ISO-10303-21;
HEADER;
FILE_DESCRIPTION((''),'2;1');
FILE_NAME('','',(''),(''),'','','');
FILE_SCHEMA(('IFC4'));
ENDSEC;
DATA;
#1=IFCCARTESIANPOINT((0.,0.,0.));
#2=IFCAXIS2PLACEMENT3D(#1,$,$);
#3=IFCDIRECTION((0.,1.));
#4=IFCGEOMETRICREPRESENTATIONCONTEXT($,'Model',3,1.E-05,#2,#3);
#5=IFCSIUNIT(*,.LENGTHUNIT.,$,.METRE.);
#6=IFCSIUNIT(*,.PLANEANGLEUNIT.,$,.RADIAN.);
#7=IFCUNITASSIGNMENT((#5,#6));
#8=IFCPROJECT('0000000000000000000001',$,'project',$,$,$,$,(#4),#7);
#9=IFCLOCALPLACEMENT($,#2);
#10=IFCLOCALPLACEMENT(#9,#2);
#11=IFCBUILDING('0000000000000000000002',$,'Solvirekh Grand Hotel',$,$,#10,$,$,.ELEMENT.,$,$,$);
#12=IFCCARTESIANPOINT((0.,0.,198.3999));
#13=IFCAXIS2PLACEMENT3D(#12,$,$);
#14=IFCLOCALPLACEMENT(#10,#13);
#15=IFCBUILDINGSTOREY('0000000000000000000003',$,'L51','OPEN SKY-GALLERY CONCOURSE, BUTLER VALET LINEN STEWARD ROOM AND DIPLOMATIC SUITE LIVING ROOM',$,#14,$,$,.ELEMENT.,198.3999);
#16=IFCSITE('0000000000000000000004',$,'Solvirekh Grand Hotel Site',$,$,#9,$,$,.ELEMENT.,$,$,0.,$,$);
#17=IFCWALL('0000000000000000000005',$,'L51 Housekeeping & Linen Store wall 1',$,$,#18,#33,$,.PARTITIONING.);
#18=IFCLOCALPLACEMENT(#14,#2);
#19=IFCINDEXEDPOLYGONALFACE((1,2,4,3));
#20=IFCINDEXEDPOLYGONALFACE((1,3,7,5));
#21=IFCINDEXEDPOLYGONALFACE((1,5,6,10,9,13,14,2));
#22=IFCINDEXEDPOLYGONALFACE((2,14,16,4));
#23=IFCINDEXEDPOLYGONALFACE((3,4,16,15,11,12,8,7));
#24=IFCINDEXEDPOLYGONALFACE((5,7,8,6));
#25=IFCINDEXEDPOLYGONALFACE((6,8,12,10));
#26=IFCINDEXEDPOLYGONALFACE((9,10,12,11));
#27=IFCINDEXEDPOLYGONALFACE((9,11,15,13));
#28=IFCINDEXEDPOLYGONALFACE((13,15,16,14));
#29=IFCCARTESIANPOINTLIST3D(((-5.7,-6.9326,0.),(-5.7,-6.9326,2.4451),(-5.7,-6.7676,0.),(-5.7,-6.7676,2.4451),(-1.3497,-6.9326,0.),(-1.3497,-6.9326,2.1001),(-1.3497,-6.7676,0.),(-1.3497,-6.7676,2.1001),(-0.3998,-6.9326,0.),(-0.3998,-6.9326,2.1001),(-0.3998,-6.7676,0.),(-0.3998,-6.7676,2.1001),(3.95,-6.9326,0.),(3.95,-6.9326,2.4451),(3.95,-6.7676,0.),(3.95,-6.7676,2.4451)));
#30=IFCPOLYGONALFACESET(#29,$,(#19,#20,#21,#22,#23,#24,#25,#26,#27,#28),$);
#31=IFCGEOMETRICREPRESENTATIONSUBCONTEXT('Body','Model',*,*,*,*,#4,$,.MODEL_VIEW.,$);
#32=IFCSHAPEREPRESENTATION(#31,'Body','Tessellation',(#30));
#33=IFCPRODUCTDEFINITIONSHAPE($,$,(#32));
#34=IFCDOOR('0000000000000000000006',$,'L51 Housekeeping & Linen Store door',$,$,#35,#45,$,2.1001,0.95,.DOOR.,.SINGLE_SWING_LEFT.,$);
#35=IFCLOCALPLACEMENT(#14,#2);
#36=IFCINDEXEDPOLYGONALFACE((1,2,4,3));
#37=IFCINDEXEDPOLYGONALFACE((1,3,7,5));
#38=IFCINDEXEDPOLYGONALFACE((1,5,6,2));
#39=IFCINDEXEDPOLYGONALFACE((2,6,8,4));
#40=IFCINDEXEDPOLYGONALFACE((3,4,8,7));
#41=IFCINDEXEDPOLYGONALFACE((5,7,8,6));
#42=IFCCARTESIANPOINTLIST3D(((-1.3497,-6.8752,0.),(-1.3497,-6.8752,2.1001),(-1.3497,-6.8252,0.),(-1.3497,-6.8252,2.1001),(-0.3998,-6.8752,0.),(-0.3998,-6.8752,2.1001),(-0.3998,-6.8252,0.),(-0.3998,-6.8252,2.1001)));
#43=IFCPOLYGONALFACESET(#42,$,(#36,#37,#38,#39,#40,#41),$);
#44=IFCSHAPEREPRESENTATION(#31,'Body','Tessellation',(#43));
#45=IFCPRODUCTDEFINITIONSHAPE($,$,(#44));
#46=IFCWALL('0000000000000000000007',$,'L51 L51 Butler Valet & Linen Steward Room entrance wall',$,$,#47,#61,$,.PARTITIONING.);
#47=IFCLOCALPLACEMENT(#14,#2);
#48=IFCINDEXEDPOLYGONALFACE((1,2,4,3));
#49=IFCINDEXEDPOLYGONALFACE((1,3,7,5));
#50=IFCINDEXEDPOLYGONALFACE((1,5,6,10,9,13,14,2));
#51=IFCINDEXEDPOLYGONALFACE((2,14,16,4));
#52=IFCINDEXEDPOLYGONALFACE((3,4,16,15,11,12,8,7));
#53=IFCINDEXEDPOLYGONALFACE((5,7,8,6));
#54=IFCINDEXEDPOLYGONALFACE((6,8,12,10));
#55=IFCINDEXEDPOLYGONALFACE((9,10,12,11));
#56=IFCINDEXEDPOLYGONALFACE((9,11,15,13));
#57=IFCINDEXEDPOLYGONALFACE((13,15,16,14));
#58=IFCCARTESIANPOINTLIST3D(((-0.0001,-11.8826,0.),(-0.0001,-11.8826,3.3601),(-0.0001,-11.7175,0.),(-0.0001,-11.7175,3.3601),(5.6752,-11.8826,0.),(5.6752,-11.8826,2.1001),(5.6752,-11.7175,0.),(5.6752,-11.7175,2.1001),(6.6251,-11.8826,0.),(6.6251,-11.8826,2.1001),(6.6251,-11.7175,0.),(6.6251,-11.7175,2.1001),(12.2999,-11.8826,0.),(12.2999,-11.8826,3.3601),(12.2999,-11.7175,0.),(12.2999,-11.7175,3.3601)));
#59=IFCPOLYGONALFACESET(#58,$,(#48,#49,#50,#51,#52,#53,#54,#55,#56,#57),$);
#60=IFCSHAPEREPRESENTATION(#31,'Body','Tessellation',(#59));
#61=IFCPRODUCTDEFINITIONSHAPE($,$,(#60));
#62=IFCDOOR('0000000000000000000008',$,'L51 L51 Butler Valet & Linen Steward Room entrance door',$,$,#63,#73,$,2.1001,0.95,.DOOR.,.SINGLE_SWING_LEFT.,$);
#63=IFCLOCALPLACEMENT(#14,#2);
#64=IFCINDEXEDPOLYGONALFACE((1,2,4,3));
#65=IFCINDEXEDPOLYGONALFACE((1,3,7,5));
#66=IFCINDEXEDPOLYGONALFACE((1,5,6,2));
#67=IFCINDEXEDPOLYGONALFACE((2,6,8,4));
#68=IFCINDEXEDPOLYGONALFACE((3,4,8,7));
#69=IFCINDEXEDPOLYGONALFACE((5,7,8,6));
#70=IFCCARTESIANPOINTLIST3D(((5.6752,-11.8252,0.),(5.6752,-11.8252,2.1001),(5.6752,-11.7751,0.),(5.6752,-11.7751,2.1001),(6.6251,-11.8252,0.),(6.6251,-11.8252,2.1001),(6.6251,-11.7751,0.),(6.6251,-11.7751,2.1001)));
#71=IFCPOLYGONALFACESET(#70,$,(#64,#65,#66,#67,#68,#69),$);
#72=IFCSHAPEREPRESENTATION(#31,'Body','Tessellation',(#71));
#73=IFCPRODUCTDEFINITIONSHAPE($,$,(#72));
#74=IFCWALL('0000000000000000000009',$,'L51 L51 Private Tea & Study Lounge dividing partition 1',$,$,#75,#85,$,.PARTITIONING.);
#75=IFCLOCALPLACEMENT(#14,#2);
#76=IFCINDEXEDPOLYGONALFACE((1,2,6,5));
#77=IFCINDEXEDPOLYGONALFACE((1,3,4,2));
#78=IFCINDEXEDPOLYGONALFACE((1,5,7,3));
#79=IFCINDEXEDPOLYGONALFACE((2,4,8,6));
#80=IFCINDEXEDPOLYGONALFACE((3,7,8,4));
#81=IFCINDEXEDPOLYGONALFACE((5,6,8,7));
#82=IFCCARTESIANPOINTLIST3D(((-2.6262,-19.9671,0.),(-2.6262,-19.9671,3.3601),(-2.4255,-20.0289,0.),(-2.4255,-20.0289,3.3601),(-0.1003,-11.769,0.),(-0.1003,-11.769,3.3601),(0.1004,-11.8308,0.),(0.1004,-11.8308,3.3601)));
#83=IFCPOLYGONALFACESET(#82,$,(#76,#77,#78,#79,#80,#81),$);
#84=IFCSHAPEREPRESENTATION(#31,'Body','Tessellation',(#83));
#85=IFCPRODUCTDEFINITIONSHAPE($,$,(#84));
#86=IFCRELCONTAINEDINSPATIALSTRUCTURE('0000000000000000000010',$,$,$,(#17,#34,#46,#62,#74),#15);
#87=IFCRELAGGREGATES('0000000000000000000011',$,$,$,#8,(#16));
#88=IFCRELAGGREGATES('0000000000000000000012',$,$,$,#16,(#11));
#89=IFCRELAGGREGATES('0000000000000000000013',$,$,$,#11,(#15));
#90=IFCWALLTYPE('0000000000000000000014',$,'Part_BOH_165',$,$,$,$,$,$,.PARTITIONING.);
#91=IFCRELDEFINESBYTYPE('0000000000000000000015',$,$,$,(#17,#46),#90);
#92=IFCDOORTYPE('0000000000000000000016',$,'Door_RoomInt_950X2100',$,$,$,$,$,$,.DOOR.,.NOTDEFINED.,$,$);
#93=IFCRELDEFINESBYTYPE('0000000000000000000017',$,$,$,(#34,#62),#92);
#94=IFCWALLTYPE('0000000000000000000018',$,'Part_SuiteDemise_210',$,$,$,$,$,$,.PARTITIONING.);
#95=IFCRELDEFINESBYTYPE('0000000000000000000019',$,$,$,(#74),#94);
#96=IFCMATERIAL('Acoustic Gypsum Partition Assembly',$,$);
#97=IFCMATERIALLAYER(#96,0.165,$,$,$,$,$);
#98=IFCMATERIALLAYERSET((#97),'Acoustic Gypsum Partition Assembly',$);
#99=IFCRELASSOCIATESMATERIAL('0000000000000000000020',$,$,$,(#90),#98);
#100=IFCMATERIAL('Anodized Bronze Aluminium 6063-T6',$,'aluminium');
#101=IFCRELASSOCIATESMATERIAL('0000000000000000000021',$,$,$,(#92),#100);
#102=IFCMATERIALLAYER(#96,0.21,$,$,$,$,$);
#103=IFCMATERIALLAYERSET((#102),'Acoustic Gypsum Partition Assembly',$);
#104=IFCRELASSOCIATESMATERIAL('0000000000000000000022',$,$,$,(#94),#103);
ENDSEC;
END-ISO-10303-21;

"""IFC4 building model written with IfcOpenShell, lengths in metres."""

from ifc_helpers import new_model, si_unit, direction, frame, frame_2d, origin, place, context, subcontext, project, spatial, rectangle, extrude, material, layer, layer_set, type_object, element, fill, save


model = new_model("IFC4")

# Units and contexts
model_context = context("Model", 3, precision=1e-05, world=origin(), true_north=direction((0.0, 1.0)))
body_context = subcontext(model_context, "Body", "Model", "MODEL_VIEW")
ifc_project = project(units=[si_unit("LENGTHUNIT", "METRE"), si_unit("PLANEANGLEUNIT", "RADIAN")], contexts=[model_context])

# Site, building, storey
site_placement = place(None, origin())
site = spatial("IfcSite", under=ifc_project, at=site_placement, Name="Solvirekh Grand Hotel Site", CompositionType="ELEMENT", RefElevation=0.0)
building_placement = place(site_placement, origin())
building = spatial("IfcBuilding", under=site, at=building_placement, Name="Solvirekh Grand Hotel", CompositionType="ELEMENT")
storey_placement = place(building_placement, frame((0.0, 0.0, 198.3999)))
storey = spatial("IfcBuildingStorey", under=building, at=storey_placement, Name="L51", Description="OPEN SKY-GALLERY CONCOURSE, BUTLER VALET LINEN STEWARD ROOM AND DIPLOMATIC SUITE LIVING ROOM", CompositionType="ELEMENT", Elevation=198.3999)

# Shared definitions
ifc_material_1 = material(Name="Anodized Bronze Aluminium 6063-T6", Category="aluminium")

# Walls, openings, doors
ifc_material_2 = material(Name="Acoustic Gypsum Partition Assembly")
ifc_layer_1 = layer(ifc_material_2, 0.165)
ifc_layer_set_1 = layer_set([ifc_layer_1], Name="Acoustic Gypsum Partition Assembly")
wall_type_1 = type_object("IfcWallType", Name="Part_BOH_165", PredefinedType="PARTITIONING", material=ifc_layer_set_1)
wall_1_placement = place(storey_placement, frame((-5.7, -6.8501, 0.0), z_axis=(0.0, 0.0, 1.0), x_axis=(1.0, 0.0, 0.0)))
wall_1 = element("IfcWall", 1, at=wall_1_placement, inside=storey, type_object=wall_type_1, Name="L51 Housekeeping & Linen Store wall 1", PredefinedType="PARTITIONING", context=body_context, shape_type="SweptSolid", body=[
    extrude(rectangle(XDim=9.6499, YDim=0.165, at=frame_2d((4.825, 0.0))), origin(), (0.0, 0.0, 1.0), 2.4451),
])
opening_1_placement = place(wall_1_placement, frame((4.3501, 0.0, 0.0)))
opening_1 = element("IfcOpeningElement", 2, at=opening_1_placement, cuts=wall_1, PredefinedType="OPENING", context=body_context, shape_type="SweptSolid", body=[
    extrude(rectangle(XDim=0.95, YDim=2.1001, at=frame_2d((0.4751, 1.05))), frame((0.0, 0.0925, 0.0), z_axis=(0.0, -1.0, 0.0), x_axis=(1.0, 0.0, 0.0)), (0.0, 0.0, 1.0), 0.1851),
])
door_type = type_object("IfcDoorType", Name="Door_RoomInt_950X2100", OperationType="NOTDEFINED", PredefinedType="DOOR", material=ifc_material_1)
door_1_placement = place(opening_1_placement, origin())
door_1 = element("IfcDoor", 3, at=door_1_placement, inside=storey, type_object=door_type, Name="L51 Housekeeping & Linen Store door", OperationType="SINGLE_SWING_LEFT", OverallHeight=2.1001, OverallWidth=0.95, PredefinedType="DOOR", context=body_context, shape_type="SweptSolid", body=[
    extrude(rectangle(XDim=0.95, YDim=2.1001, at=frame_2d((0.4751, 1.05))), frame((0.0, 0.0249, 0.0), z_axis=(0.0, -1.0, 0.0), x_axis=(1.0, 0.0, 0.0)), (0.0, 0.0, 1.0), 0.05),
])
fill(opening_1, door_1)
wall_2_placement = place(storey_placement, frame((0.0, -11.8, 0.0), z_axis=(0.0, 0.0, 1.0), x_axis=(1.0, 0.0, 0.0)))
wall_2 = element("IfcWall", 4, at=wall_2_placement, inside=storey, type_object=wall_type_1, Name="L51 L51 Butler Valet & Linen Steward Room entrance wall", PredefinedType="PARTITIONING", context=body_context, shape_type="SweptSolid", body=[
    extrude(rectangle(XDim=12.3, YDim=0.165, at=frame_2d((6.1499, 0.0))), origin(), (0.0, 0.0, 1.0), 3.3601),
])
opening_2_placement = place(wall_2_placement, frame((5.675, 0.0, 0.0)))
opening_2 = element("IfcOpeningElement", 5, at=opening_2_placement, cuts=wall_2, PredefinedType="OPENING", context=body_context, shape_type="SweptSolid", body=[
    extrude(rectangle(XDim=0.95, YDim=2.1001, at=frame_2d((0.4751, 1.05))), frame((0.0, 0.0925, 0.0), z_axis=(0.0, -1.0, 0.0), x_axis=(1.0, 0.0, 0.0)), (0.0, 0.0, 1.0), 0.1851),
])
door_2_placement = place(opening_2_placement, origin())
door_2 = element("IfcDoor", 6, at=door_2_placement, inside=storey, type_object=door_type, Name="L51 L51 Butler Valet & Linen Steward Room entrance door", OperationType="SINGLE_SWING_LEFT", OverallHeight=2.1001, OverallWidth=0.95, PredefinedType="DOOR", context=body_context, shape_type="SweptSolid", body=[
    extrude(rectangle(XDim=0.95, YDim=2.1001, at=frame_2d((0.4751, 1.05))), frame((0.0, 0.0249, 0.0), z_axis=(0.0, -1.0, 0.0), x_axis=(1.0, 0.0, 0.0)), (0.0, 0.0, 1.0), 0.05),
])
fill(opening_2, door_2)

# Wall
ifc_layer_2 = layer(ifc_material_2, 0.21)
ifc_layer_set_2 = layer_set([ifc_layer_2], Name="Acoustic Gypsum Partition Assembly")
wall_type_2 = type_object("IfcWallType", Name="Part_SuiteDemise_210", PredefinedType="PARTITIONING", material=ifc_layer_set_2)
wall_3_placement = place(storey_placement, frame((0.0, -11.8, 0.0), z_axis=(0.0, 0.0, 1.0), x_axis=(-0.29445, -0.955667, 0.0)))
element("IfcWall", 7, at=wall_3_placement, inside=storey, type_object=wall_type_2, Name="L51 L51 Private Tea & Study Lounge dividing partition 1", PredefinedType="PARTITIONING", context=body_context, shape_type="SweptSolid", body=[
    extrude(rectangle(XDim=8.5784, YDim=0.21, at=frame_2d((4.2891, 0.0))), origin(), (0.0, 0.0, 1.0), 3.3601),
])

save(model, "model.ifc")
